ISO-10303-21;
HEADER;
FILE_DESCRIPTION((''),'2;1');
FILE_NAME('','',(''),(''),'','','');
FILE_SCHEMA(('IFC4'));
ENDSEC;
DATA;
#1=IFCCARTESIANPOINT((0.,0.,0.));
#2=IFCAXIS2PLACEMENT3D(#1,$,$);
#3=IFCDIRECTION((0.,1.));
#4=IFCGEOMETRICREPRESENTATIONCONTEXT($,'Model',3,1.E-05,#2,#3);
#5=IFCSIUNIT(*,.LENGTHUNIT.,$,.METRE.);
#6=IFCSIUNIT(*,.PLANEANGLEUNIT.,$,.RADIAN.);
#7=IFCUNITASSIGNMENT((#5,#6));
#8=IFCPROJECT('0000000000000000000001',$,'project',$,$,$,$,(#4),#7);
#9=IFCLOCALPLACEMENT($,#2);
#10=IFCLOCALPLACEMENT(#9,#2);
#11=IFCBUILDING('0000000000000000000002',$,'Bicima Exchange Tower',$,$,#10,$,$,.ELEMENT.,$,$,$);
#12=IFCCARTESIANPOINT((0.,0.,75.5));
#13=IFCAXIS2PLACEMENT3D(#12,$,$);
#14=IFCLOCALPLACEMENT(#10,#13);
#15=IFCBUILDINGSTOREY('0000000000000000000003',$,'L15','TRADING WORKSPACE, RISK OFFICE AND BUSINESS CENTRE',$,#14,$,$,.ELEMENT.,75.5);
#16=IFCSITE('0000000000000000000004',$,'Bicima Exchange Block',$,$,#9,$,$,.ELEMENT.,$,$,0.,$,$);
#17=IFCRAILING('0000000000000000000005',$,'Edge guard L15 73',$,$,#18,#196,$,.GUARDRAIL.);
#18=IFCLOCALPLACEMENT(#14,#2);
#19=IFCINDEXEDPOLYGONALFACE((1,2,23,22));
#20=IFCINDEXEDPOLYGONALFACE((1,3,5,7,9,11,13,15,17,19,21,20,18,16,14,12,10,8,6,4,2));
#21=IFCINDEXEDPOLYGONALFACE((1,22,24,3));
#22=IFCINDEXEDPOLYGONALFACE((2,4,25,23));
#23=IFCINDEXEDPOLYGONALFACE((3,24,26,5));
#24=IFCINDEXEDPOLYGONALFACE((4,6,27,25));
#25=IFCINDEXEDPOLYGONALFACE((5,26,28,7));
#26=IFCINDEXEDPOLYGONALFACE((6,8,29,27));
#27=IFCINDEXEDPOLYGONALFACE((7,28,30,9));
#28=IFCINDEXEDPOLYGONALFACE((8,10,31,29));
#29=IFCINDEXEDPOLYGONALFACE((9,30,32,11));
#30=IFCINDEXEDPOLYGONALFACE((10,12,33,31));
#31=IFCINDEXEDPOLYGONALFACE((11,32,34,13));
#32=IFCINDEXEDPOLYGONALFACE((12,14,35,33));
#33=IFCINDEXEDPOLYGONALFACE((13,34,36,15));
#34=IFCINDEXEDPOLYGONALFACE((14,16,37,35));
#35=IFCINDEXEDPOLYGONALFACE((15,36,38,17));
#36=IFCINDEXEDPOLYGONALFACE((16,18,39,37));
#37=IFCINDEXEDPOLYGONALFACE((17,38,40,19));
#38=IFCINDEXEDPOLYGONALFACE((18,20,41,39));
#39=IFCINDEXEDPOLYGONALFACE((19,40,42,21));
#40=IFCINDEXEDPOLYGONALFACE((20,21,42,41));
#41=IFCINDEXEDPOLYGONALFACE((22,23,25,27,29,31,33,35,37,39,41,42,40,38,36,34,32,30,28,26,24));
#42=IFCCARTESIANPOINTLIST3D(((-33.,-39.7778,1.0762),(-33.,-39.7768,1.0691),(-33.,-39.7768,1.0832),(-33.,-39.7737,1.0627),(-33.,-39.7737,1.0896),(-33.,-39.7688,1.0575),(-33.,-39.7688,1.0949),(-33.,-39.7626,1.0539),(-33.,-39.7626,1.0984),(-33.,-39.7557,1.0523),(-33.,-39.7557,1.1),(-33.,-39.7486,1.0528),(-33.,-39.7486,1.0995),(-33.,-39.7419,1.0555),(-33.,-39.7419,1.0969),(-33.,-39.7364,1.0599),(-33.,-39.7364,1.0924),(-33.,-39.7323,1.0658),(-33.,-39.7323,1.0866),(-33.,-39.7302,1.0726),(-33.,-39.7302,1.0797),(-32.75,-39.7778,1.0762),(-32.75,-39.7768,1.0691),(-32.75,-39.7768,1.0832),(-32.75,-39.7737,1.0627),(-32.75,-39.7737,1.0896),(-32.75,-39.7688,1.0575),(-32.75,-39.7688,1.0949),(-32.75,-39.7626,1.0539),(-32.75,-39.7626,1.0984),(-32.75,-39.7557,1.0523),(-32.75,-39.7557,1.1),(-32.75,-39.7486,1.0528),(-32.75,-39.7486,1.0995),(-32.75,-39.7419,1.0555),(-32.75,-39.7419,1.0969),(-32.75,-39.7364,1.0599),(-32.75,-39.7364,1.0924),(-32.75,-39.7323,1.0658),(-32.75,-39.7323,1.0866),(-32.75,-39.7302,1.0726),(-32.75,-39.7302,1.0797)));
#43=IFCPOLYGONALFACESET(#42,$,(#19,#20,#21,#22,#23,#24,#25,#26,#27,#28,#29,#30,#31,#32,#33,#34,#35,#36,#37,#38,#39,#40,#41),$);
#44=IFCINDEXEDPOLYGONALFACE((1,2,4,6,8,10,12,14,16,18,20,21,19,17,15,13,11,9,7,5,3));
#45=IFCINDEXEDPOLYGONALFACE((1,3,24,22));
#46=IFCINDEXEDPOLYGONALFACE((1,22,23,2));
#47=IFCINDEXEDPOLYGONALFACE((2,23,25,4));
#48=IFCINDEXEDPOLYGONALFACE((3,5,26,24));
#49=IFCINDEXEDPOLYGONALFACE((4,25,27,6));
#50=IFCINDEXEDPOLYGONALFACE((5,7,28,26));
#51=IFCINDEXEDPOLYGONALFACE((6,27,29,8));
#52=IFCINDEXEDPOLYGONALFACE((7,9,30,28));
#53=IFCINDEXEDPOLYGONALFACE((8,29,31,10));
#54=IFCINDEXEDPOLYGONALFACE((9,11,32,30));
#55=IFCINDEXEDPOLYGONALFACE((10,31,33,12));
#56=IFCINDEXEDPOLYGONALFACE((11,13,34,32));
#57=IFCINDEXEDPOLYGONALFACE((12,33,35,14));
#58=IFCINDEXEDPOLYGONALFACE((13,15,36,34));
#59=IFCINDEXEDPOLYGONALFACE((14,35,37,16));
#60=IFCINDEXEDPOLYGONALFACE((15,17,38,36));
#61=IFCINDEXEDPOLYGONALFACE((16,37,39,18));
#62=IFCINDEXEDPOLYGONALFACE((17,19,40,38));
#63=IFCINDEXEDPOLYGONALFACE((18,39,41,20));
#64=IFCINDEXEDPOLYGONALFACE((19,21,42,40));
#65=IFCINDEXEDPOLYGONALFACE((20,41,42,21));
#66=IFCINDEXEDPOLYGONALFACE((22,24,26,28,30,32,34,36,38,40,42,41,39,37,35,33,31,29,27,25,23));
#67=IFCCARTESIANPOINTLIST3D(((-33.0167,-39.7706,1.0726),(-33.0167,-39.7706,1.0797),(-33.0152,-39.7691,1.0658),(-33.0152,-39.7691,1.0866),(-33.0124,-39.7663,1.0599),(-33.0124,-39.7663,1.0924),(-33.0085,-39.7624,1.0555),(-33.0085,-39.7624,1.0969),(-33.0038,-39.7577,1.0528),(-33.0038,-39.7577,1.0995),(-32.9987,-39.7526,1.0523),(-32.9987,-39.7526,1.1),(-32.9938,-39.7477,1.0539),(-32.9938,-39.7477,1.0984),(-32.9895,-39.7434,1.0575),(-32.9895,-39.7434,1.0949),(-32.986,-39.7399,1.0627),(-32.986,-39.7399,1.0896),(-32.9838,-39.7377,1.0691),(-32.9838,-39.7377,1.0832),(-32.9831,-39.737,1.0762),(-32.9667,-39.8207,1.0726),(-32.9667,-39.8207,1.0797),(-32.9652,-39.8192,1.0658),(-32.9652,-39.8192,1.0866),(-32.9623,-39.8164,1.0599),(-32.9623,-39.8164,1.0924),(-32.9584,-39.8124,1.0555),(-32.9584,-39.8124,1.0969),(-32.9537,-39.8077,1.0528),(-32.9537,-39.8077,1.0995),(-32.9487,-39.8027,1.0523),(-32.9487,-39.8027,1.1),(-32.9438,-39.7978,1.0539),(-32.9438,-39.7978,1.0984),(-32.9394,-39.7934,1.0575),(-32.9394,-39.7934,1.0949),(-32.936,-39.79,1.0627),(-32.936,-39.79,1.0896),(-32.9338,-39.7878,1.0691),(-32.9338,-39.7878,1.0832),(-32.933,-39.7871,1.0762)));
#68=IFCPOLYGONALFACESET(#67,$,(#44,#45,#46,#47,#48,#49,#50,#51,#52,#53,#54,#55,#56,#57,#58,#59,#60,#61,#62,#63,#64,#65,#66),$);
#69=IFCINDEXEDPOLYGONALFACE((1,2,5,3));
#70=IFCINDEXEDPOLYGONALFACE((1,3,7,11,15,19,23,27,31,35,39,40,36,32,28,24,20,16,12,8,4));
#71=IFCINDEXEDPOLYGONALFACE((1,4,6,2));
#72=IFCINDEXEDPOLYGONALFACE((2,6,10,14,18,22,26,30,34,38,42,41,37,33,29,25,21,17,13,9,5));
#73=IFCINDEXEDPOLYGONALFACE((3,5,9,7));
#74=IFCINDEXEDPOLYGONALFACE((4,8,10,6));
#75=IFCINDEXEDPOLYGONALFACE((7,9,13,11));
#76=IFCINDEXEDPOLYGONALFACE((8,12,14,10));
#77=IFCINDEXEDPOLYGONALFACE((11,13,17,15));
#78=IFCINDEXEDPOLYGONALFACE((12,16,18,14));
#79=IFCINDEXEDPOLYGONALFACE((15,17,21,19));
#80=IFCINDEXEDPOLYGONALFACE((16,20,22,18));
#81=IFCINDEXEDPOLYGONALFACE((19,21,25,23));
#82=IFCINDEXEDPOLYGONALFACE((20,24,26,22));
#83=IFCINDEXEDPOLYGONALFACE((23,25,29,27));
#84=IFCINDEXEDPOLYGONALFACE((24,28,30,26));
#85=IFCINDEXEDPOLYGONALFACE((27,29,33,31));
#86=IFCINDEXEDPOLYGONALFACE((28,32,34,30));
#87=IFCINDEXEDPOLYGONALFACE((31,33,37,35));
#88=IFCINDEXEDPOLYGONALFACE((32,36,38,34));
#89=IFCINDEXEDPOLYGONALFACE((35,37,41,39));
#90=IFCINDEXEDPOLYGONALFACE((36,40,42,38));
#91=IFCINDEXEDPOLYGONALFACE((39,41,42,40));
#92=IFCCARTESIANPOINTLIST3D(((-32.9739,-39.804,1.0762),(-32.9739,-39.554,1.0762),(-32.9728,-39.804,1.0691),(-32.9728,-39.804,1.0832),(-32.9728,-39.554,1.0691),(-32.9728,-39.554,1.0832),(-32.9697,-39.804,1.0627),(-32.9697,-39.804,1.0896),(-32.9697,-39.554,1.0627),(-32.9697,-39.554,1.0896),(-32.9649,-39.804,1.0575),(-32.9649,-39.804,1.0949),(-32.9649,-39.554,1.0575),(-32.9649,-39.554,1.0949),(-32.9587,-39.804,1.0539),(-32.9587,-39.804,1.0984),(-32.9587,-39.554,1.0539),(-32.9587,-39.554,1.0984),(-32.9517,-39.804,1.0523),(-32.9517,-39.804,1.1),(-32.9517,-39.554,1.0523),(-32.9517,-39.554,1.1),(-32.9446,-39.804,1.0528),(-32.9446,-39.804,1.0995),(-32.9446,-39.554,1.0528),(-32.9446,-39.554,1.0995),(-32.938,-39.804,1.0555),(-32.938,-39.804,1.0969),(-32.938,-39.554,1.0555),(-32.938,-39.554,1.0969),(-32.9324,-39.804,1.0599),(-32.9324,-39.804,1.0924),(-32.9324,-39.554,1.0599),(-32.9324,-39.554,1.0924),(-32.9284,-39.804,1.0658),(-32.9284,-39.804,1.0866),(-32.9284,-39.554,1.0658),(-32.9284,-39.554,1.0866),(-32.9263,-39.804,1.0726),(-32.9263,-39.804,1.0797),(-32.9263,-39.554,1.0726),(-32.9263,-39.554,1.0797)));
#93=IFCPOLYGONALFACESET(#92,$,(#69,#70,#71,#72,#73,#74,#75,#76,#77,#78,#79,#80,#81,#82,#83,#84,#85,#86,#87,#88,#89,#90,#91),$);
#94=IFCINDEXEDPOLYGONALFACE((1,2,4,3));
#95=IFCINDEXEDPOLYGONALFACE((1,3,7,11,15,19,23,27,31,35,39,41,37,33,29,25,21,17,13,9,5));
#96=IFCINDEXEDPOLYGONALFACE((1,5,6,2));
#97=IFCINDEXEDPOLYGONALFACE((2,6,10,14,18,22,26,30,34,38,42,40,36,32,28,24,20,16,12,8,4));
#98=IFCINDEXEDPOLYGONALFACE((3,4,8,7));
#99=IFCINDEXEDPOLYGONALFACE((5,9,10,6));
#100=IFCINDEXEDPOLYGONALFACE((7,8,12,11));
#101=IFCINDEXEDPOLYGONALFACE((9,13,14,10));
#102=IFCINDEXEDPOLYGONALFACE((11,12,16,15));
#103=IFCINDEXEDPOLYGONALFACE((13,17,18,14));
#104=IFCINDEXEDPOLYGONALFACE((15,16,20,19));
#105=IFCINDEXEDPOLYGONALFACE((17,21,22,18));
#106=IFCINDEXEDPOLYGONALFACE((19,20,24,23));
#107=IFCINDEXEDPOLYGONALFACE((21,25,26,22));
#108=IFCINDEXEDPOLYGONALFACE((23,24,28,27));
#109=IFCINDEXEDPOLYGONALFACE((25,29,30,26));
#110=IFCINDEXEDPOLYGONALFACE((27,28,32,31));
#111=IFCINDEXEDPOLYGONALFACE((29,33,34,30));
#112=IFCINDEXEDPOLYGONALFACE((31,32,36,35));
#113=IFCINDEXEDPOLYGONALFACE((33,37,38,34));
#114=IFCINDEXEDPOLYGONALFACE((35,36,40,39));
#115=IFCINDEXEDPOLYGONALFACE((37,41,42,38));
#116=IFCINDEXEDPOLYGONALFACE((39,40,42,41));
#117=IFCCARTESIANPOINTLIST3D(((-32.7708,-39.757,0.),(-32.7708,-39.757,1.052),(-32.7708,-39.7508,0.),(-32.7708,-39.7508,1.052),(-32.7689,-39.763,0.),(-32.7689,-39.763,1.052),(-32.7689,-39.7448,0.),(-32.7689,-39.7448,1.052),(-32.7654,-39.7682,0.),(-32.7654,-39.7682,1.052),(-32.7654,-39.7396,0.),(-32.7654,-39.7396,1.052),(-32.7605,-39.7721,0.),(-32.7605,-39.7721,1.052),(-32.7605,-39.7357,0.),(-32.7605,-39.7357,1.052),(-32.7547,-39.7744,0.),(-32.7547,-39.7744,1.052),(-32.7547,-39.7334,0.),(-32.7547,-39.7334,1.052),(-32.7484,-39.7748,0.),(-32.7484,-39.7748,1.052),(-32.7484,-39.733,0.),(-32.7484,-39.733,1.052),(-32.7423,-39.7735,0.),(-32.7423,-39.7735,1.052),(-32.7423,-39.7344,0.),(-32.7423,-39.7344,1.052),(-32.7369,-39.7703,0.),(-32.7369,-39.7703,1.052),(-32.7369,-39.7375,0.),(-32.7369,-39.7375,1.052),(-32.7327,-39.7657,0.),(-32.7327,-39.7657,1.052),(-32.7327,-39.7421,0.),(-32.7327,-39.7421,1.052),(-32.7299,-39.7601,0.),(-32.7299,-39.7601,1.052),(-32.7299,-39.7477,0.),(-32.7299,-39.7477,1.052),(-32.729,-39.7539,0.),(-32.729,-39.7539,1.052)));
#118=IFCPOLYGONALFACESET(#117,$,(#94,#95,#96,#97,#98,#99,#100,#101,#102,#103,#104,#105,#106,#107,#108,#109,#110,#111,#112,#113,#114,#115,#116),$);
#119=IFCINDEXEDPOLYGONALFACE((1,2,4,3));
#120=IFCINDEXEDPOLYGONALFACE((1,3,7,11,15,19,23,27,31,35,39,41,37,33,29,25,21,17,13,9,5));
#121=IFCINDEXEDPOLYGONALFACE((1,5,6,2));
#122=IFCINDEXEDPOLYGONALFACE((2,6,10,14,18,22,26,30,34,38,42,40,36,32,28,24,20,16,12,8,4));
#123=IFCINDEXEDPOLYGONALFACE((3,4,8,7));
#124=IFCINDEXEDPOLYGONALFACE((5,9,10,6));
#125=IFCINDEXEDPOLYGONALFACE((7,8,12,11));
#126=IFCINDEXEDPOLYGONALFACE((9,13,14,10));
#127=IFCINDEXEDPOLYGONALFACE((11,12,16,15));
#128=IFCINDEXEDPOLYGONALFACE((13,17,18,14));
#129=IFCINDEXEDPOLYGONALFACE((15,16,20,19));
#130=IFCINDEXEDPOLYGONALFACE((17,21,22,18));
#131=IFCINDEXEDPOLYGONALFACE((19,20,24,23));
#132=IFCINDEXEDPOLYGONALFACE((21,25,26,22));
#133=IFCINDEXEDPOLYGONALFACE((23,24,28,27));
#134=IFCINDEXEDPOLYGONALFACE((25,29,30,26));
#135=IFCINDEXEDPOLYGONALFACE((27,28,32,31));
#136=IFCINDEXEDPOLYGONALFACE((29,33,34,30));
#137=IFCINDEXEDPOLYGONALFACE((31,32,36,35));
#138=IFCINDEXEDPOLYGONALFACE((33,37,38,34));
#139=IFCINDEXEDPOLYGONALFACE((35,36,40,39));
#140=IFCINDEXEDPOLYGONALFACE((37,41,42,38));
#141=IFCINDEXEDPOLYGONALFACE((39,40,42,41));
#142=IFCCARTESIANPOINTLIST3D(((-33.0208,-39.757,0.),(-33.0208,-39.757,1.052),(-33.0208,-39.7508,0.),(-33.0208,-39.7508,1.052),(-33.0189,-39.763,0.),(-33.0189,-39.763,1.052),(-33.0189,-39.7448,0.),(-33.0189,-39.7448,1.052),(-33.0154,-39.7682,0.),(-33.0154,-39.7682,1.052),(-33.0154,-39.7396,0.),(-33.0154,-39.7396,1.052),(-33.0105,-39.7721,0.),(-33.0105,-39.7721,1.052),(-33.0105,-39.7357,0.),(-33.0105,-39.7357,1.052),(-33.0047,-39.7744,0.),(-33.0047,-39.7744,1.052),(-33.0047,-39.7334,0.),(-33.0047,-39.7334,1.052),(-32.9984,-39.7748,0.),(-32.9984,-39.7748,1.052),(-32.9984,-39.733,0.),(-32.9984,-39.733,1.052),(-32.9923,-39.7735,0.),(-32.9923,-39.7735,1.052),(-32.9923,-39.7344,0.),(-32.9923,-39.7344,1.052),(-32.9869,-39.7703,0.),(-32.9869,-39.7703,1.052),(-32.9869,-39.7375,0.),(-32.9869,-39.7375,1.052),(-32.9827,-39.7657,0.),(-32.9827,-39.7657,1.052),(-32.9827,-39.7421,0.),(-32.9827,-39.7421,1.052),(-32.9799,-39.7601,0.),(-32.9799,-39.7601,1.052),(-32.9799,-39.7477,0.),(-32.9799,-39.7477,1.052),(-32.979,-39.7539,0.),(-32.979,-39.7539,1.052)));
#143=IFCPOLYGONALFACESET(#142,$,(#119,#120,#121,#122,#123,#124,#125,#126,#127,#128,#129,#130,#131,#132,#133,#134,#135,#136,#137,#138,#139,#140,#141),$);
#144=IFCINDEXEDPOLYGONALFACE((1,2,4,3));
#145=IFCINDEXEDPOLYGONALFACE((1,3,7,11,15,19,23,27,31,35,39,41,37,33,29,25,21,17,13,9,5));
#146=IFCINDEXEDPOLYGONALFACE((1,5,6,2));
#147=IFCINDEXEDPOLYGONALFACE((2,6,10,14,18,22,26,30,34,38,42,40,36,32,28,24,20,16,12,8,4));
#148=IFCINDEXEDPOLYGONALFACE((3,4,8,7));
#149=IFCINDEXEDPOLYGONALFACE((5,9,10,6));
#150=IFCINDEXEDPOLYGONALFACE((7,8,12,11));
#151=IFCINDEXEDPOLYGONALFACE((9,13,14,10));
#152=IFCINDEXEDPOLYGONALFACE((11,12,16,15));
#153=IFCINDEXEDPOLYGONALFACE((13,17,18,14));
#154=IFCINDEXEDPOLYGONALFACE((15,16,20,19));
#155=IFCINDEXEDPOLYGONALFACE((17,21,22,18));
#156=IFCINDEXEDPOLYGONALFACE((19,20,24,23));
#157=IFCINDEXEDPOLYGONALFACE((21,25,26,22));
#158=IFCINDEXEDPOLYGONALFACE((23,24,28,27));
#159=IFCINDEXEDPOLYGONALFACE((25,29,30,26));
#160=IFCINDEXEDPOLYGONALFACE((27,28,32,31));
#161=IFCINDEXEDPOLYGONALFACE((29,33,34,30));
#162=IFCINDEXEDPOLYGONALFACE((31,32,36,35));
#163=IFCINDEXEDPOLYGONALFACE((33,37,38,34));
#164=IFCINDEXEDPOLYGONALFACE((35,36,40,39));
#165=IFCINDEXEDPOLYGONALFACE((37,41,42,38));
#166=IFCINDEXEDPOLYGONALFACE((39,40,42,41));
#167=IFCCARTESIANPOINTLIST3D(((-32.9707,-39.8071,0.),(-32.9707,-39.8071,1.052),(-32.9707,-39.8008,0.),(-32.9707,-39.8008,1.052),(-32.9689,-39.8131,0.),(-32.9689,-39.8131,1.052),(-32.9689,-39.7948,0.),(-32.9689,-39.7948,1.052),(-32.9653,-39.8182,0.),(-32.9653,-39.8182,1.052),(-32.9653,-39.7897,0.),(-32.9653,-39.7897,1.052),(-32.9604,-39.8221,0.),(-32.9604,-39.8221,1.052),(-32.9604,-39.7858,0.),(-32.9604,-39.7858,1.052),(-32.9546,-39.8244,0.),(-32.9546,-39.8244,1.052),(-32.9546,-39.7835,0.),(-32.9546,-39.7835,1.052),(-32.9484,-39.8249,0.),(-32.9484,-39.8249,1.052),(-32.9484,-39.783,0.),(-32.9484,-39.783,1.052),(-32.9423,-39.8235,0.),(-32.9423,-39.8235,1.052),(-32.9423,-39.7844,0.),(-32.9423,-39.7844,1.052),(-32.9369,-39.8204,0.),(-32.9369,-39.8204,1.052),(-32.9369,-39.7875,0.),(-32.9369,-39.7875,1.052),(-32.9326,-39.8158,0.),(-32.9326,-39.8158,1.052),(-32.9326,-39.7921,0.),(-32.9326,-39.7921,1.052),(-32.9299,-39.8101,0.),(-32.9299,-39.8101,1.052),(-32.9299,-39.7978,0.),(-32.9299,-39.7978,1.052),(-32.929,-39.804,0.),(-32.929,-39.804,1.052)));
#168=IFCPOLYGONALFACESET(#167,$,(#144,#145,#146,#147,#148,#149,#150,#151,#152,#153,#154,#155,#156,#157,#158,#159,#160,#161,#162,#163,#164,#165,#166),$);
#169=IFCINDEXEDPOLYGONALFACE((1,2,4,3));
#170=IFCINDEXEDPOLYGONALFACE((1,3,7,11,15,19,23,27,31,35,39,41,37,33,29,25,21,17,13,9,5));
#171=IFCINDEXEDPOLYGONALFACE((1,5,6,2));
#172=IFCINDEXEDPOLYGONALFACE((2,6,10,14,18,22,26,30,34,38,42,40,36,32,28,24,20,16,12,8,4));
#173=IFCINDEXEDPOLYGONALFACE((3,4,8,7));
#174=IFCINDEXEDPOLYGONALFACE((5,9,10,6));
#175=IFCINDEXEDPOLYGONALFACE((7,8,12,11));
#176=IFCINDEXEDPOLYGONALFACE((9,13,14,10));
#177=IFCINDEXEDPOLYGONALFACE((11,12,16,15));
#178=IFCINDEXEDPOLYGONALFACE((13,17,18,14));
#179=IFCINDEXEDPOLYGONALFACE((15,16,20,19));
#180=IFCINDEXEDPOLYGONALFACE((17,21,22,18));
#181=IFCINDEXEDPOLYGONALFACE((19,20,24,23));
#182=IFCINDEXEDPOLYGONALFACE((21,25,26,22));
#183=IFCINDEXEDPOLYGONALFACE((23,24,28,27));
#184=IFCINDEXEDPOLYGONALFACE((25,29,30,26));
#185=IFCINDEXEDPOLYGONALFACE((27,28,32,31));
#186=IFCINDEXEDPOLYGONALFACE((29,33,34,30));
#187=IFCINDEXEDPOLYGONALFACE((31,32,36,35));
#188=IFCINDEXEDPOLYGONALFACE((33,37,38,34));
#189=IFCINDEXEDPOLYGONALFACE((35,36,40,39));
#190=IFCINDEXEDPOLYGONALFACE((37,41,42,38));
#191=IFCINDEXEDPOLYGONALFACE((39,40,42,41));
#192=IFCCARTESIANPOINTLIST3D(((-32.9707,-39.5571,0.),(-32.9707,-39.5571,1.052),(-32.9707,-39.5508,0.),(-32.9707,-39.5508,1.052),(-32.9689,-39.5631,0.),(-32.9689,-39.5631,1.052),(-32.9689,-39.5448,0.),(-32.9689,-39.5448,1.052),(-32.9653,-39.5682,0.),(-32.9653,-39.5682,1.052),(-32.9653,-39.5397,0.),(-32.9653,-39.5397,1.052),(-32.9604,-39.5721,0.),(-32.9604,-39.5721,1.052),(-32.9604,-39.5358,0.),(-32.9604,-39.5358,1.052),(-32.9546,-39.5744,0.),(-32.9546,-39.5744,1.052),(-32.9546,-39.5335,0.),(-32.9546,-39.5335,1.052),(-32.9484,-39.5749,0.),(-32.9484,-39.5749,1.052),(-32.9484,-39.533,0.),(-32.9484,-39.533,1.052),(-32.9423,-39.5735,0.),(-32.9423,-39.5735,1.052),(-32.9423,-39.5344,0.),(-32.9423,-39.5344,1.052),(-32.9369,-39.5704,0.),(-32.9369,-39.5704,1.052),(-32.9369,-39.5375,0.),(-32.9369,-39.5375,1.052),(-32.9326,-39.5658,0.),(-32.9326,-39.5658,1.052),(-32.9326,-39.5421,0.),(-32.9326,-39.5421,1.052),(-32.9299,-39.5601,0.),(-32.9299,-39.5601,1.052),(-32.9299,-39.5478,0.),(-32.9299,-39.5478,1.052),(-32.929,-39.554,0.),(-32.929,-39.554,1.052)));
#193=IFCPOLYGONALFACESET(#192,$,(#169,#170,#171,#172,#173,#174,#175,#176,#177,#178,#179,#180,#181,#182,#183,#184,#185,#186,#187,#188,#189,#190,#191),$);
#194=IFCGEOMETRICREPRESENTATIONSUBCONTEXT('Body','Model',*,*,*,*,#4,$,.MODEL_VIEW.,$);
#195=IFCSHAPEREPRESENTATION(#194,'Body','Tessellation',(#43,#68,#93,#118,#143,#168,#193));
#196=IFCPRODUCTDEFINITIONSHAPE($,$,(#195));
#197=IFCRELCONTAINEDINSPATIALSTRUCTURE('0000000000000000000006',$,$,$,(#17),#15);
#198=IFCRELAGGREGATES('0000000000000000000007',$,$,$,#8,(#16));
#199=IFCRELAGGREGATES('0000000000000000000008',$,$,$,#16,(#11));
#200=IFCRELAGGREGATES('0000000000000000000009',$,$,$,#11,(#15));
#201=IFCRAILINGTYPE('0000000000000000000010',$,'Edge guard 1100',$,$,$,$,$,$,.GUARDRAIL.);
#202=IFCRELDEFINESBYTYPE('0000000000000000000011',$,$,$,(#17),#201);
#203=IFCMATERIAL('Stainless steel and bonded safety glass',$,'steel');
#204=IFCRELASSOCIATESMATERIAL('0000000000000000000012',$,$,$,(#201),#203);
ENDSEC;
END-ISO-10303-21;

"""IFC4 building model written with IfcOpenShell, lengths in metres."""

from ifc_helpers import new_model, si_unit, direction, frame, origin, origin_2d, place, context, subcontext, project, spatial, circle, extrude, material, type_object, element, save


model = new_model("IFC4")

# Units and contexts
model_context = context("Model", 3, precision=1e-05, world=origin(), true_north=direction((0.0, 1.0)))
body_context = subcontext(model_context, "Body", "Model", "MODEL_VIEW")
ifc_project = project(units=[si_unit("LENGTHUNIT", "METRE"), si_unit("PLANEANGLEUNIT", "RADIAN")], contexts=[model_context])

# Site, building, storey
site_placement = place(None, origin())
site = spatial("IfcSite", under=ifc_project, at=site_placement, Name="Bicima Exchange Block", CompositionType="ELEMENT", RefElevation=0.0)
building_placement = place(site_placement, origin())
building = spatial("IfcBuilding", under=site, at=building_placement, Name="Bicima Exchange Tower", CompositionType="ELEMENT")
storey_placement = place(building_placement, frame((0.0, 0.0, 75.5)))
storey = spatial("IfcBuildingStorey", under=building, at=storey_placement, Name="L15", Description="TRADING WORKSPACE, RISK OFFICE AND BUSINESS CENTRE", CompositionType="ELEMENT", Elevation=75.5)

# Railing
ifc_material_1 = material(Name="Stainless steel and bonded safety glass", Category="steel")
railing_type = type_object("IfcRailingType", Name="Edge guard 1100", PredefinedType="GUARDRAIL", material=ifc_material_1)
railing_1_placement = place(storey_placement, frame((-32.75, -39.7539, 0.0)))
element("IfcRailing", 1, at=railing_1_placement, inside=storey, type_object=railing_type, Name="Edge guard L15 73", PredefinedType="GUARDRAIL", context=body_context, shape_type="SweptSolid", body=[
    extrude(circle(Radius=0.0239, at=origin_2d()), frame((0.0, 0.0, 1.0762), z_axis=(-1.0, 0.0, 0.0), x_axis=(0.0, -1.0, 0.0)), (0.0, 0.0, 1.0), 0.25),
    extrude(circle(Radius=0.0239, at=origin_2d()), frame((-0.25, 0.0, 1.0762), z_axis=(0.707107, -0.707107, 0.0), x_axis=(0.707107, 0.707107, 0.0)), (0.0, 0.0, 1.0), 0.0708),
    extrude(circle(Radius=0.0239, at=origin_2d()), frame((-0.2, -0.05, 1.0762), z_axis=(0.0, 1.0, 0.0), x_axis=(-1.0, 0.0, 0.0)), (0.0, 0.0, 1.0), 0.25),
    extrude(circle(Radius=0.021, at=origin_2d()), origin(), (0.0, 0.0, 1.0), 1.052),
    extrude(circle(Radius=0.021, at=origin_2d()), frame((-0.25, 0.0, 0.0)), (0.0, 0.0, 1.0), 1.052),
    extrude(circle(Radius=0.021, at=origin_2d()), frame((-0.2, -0.05, 0.0)), (0.0, 0.0, 1.0), 1.052),
    extrude(circle(Radius=0.021, at=origin_2d()), frame((-0.2, 0.2, 0.0)), (0.0, 0.0, 1.0), 1.052),
])

save(model, "model.ifc")
